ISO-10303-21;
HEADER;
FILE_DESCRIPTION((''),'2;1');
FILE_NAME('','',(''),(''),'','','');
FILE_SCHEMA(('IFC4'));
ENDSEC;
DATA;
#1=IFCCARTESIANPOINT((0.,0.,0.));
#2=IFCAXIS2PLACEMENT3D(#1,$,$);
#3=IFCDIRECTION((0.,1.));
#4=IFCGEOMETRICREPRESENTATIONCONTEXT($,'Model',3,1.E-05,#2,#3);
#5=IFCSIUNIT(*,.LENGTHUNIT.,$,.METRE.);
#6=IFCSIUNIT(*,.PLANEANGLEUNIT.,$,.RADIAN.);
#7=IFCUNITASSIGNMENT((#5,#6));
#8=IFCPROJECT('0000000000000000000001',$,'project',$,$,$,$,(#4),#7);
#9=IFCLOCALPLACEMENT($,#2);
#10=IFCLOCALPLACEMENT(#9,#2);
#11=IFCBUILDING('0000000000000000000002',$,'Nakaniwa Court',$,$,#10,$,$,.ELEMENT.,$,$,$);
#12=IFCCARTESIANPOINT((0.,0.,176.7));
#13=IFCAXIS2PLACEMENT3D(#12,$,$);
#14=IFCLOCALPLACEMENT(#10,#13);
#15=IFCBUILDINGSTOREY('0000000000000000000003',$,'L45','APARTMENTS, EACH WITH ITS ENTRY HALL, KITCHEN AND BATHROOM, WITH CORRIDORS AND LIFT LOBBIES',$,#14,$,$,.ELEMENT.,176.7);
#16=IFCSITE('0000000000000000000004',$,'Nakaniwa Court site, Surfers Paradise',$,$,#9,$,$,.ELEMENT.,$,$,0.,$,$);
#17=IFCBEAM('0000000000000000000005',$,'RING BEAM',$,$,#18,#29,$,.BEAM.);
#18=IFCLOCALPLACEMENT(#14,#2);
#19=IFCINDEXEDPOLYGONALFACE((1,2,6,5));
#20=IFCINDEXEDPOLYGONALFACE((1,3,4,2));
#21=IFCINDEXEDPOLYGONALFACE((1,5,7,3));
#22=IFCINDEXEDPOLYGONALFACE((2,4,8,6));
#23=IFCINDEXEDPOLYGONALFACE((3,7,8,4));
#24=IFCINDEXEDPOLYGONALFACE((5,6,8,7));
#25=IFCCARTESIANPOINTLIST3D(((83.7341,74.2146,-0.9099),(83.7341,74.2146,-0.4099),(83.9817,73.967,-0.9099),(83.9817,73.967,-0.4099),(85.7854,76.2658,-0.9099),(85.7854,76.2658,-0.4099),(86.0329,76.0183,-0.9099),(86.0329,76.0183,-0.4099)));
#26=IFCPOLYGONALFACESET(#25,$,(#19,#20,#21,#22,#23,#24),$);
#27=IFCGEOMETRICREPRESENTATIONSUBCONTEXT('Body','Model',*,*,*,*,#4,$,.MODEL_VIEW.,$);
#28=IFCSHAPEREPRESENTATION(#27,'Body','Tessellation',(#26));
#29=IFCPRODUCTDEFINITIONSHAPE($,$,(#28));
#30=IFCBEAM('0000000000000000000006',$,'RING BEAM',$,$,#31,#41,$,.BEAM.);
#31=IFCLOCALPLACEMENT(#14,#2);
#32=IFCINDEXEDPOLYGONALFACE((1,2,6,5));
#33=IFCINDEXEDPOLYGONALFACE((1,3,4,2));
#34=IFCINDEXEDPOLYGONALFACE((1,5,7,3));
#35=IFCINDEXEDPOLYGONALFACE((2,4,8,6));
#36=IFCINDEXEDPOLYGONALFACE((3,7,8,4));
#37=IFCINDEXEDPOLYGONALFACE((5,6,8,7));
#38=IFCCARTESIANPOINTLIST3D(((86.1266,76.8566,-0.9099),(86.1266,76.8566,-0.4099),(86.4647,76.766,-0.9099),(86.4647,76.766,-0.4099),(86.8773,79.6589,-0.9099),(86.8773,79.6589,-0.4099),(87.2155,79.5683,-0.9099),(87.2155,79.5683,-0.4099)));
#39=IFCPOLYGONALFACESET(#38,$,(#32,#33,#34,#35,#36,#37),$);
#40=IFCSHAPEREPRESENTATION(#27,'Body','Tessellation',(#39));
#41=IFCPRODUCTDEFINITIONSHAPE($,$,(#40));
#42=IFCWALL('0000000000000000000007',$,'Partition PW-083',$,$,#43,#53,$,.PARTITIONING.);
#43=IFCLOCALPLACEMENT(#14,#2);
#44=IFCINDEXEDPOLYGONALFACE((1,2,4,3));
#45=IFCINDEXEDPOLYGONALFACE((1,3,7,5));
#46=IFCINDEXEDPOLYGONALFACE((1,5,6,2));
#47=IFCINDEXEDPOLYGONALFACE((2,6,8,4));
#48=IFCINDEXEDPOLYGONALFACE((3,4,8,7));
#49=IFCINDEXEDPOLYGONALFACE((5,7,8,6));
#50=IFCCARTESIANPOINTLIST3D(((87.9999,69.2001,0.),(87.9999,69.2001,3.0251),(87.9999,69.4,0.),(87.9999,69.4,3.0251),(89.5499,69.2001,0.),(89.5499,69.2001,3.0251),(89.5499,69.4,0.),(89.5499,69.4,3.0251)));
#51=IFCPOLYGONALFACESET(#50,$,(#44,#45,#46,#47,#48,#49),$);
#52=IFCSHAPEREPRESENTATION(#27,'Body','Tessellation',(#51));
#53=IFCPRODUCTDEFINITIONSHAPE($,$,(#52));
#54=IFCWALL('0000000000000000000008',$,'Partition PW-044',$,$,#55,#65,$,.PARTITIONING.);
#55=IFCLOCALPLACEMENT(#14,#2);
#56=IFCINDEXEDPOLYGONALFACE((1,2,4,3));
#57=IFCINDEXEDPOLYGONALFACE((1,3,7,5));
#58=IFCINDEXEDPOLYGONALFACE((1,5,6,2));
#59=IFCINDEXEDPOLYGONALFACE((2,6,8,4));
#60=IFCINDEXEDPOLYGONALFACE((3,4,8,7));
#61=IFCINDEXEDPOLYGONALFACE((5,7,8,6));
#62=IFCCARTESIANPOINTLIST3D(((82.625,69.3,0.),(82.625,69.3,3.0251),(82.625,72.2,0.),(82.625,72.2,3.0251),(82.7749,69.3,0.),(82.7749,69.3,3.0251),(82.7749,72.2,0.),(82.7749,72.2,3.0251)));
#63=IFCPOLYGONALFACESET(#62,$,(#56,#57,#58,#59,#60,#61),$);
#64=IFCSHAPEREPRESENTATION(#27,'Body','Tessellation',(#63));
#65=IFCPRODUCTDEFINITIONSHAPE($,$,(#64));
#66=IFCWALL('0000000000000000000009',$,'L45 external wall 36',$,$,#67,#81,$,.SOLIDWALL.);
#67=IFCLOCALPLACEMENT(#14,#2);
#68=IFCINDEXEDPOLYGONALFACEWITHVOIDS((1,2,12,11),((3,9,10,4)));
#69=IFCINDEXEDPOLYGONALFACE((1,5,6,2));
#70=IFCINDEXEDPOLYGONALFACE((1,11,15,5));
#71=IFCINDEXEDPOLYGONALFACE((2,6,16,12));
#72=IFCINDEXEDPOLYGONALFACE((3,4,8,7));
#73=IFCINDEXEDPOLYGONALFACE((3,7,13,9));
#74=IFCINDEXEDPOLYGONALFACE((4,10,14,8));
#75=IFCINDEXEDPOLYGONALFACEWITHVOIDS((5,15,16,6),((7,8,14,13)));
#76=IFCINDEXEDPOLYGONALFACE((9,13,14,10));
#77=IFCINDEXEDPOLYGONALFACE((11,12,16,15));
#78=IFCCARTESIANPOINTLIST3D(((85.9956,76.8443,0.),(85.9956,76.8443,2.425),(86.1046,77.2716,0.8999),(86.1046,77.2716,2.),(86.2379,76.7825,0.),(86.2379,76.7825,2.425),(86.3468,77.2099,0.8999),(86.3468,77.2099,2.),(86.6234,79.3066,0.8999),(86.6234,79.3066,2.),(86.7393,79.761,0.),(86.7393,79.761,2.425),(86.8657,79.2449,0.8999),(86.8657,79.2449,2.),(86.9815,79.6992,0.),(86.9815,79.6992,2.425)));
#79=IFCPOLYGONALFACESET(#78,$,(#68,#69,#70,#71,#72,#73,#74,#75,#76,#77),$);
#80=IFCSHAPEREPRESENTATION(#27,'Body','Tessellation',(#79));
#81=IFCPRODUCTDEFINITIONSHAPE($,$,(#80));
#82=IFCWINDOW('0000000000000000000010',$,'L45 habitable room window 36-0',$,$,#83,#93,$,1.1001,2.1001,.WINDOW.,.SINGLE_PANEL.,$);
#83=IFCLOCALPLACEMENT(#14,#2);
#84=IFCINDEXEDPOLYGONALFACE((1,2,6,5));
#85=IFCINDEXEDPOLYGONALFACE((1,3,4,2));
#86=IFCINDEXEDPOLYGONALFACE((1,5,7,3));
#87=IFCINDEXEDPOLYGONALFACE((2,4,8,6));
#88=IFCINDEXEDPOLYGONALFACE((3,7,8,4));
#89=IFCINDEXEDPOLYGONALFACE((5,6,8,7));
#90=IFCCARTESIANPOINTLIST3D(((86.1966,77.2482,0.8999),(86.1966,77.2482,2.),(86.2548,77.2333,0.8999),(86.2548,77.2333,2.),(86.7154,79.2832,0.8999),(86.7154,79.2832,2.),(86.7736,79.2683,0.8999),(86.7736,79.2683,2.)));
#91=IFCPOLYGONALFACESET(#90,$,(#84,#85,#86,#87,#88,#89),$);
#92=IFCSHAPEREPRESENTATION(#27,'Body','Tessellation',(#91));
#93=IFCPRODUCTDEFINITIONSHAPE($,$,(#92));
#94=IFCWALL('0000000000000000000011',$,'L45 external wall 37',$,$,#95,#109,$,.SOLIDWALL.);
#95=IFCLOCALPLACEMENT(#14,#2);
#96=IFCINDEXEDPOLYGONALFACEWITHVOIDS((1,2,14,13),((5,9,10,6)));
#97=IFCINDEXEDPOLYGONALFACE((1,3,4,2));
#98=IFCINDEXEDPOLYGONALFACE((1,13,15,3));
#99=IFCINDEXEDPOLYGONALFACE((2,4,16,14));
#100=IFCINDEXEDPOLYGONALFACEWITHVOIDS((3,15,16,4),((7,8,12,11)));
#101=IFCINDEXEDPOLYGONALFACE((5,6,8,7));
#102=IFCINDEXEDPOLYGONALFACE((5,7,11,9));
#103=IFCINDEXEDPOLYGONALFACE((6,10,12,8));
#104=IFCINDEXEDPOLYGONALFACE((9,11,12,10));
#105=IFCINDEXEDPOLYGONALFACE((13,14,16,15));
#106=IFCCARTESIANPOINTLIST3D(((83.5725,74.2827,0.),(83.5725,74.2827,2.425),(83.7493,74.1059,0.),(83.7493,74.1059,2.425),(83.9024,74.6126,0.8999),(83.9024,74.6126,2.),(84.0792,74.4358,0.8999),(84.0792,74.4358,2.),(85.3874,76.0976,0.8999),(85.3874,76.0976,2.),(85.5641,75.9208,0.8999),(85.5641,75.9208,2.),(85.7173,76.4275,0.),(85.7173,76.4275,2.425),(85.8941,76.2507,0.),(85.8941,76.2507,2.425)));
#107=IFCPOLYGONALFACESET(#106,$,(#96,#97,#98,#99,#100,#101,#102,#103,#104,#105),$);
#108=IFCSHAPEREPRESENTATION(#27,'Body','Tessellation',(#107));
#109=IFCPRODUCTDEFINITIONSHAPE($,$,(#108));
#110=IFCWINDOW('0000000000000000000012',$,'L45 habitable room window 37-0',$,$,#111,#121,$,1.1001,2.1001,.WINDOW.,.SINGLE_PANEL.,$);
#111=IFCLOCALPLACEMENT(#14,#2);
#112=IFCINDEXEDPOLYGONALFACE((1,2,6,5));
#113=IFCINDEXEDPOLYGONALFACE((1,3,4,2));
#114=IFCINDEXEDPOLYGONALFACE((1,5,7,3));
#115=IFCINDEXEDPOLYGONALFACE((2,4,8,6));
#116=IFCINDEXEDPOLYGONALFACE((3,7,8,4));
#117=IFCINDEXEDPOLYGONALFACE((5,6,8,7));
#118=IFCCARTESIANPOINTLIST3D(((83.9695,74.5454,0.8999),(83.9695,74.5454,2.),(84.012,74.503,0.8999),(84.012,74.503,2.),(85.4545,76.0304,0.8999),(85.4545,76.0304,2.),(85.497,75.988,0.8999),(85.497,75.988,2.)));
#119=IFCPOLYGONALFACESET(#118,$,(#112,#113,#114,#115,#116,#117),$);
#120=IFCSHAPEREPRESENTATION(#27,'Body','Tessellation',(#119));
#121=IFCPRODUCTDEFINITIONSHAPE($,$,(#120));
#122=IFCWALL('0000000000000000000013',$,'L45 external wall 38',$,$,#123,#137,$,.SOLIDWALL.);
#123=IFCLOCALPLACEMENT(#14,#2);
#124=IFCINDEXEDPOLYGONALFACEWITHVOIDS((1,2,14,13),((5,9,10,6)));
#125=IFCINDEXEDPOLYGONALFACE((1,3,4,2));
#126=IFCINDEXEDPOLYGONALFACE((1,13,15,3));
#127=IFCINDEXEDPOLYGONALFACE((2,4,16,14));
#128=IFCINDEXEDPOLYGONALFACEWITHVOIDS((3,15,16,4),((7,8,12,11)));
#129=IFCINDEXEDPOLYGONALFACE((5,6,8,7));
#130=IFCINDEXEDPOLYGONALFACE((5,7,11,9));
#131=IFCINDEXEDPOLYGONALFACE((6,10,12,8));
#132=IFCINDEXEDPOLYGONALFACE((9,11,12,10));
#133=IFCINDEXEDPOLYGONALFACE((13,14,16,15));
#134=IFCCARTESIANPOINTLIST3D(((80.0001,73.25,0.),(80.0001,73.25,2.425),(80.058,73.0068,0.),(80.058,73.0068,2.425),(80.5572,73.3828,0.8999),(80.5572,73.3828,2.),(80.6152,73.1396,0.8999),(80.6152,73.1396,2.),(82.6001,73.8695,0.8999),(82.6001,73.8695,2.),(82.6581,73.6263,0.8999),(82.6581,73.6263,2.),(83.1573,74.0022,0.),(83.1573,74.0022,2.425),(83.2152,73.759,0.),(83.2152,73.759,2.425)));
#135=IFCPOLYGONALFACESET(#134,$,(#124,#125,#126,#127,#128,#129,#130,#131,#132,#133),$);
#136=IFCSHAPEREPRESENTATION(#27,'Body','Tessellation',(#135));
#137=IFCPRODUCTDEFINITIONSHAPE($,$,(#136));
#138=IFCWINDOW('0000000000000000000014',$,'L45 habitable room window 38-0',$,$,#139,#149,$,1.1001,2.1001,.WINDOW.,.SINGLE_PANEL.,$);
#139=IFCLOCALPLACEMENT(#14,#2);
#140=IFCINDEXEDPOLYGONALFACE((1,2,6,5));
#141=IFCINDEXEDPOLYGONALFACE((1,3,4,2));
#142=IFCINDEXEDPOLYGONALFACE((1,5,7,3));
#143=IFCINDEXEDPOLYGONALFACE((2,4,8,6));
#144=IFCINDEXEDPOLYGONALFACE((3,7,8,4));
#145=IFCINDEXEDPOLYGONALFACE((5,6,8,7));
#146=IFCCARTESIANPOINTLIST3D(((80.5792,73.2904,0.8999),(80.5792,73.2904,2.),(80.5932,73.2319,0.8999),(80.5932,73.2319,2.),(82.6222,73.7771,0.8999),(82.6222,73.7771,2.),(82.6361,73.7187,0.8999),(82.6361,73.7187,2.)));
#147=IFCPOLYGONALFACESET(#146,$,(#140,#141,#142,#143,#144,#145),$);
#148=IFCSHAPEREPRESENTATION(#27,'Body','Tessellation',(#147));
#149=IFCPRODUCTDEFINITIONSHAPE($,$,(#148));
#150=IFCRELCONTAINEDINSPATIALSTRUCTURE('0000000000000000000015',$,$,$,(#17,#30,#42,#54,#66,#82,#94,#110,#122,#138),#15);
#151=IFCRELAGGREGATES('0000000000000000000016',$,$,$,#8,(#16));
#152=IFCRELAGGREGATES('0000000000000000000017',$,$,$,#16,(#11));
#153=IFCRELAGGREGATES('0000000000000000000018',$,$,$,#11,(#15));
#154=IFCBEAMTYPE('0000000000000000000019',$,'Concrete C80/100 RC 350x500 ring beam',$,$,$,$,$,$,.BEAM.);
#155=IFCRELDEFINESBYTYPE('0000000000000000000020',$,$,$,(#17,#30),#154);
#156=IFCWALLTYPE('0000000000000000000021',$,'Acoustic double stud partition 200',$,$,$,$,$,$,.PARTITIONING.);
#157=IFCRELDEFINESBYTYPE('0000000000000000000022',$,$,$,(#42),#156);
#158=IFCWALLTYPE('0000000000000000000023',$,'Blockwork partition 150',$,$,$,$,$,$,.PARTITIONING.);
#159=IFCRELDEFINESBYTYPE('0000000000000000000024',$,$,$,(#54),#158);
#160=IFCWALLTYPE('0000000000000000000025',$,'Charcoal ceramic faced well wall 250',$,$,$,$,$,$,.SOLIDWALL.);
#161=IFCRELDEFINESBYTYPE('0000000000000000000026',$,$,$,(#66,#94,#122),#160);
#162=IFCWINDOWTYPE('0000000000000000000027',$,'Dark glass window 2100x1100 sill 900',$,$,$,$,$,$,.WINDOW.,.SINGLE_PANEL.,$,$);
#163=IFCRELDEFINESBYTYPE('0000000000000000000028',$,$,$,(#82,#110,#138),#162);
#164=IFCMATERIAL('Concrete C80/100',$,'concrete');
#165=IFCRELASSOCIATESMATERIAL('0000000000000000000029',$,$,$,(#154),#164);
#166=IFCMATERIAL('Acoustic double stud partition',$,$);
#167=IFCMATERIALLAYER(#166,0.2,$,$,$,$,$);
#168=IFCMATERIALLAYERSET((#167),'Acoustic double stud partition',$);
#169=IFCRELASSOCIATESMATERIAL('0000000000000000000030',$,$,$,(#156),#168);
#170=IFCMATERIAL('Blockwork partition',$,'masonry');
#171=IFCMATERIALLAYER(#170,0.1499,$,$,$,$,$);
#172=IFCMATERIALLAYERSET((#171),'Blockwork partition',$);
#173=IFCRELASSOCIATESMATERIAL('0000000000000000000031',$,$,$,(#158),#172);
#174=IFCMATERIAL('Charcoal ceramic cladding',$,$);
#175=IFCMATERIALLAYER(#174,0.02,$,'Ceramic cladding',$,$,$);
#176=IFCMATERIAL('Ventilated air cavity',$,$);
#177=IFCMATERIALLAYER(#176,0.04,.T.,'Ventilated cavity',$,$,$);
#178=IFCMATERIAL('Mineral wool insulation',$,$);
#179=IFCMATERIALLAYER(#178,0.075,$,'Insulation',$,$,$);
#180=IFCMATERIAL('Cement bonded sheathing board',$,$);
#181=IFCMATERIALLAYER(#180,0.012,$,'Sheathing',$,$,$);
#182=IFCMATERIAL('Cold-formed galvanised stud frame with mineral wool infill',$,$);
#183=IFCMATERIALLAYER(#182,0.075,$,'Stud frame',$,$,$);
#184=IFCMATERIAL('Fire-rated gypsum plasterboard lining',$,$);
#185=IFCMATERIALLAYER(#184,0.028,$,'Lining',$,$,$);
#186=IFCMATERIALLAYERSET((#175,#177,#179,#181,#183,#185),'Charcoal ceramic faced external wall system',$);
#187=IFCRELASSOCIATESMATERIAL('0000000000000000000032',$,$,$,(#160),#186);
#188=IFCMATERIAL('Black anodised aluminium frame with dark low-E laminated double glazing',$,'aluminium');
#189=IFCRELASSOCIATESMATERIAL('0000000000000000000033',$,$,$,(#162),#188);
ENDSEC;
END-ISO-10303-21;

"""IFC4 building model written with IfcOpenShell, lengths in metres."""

from ifc_helpers import new_model, si_unit, direction, frame, frame_2d, origin, origin_2d, place, context, subcontext, project, spatial, rectangle, extrude, material, layer, layer_set, material_profile, profile_set, type_object, element, fill, save


model = new_model("IFC4")

# Units and contexts
model_context = context("Model", 3, precision=1e-05, world=origin(), true_north=direction((0.0, 1.0)))
body_context = subcontext(model_context, "Body", "Model", "MODEL_VIEW")
ifc_project = project(units=[si_unit("LENGTHUNIT", "METRE"), si_unit("PLANEANGLEUNIT", "RADIAN")], contexts=[model_context])

# Site, building, storey
site_placement = place(None, origin())
site = spatial("IfcSite", under=ifc_project, at=site_placement, Name="Nakaniwa Court site, Surfers Paradise", CompositionType="ELEMENT", RefElevation=0.0)
building_placement = place(site_placement, origin())
building = spatial("IfcBuilding", under=site, at=building_placement, Name="Nakaniwa Court", CompositionType="ELEMENT")
storey_placement = place(building_placement, frame((0.0, 0.0, 176.7)))
storey = spatial("IfcBuildingStorey", under=building, at=storey_placement, Name="L45", Description="APARTMENTS, EACH WITH ITS ENTRY HALL, KITCHEN AND BATHROOM, WITH CORRIDORS AND LIFT LOBBIES", CompositionType="ELEMENT", Elevation=176.7)

# Shared definitions
ifc_material_1 = material(Name="Concrete C80/100", Category="concrete")

# Beams
ifc_material_profile_1 = material_profile(ifc_material_1, rectangle(XDim=0.3501, YDim=0.5, at=origin_2d()), Name="Concrete C80/100 RC 350x500 ring beam")
ifc_profile_set_1 = profile_set([ifc_material_profile_1], Name="Concrete C80/100")
beam_type = type_object("IfcBeamType", Name="Concrete C80/100 RC 350x500 ring beam", PredefinedType="BEAM", material=ifc_profile_set_1)
beam_1_placement = place(storey_placement, frame((83.8579, 74.0908, -0.6599), z_axis=(0.707107, 0.707107, 0.0), x_axis=(-0.707107, 0.707107, 0.0)))
element("IfcBeam", 1, at=beam_1_placement, inside=storey, type_object=beam_type, Name="RING BEAM", PredefinedType="BEAM", context=body_context, shape_type="SweptSolid", body=[
    extrude(rectangle(XDim=0.3501, YDim=0.5, at=origin_2d()), origin(), (0.0, 0.0, 1.0), 2.9009),
])
beam_2_placement = place(storey_placement, frame((86.2957, 76.8113, -0.6599), z_axis=(0.258778, 0.965937, 0.0), x_axis=(-0.965937, 0.258778, 0.0)))
element("IfcBeam", 2, at=beam_2_placement, inside=storey, type_object=beam_type, Name="RING BEAM", PredefinedType="BEAM", context=body_context, shape_type="SweptSolid", body=[
    extrude(rectangle(XDim=0.3501, YDim=0.5, at=origin_2d()), origin(), (0.0, 0.0, 1.0), 2.9011),
])

# Walls
ifc_material_2 = material(Name="Acoustic double stud partition")
ifc_layer_1 = layer(ifc_material_2, 0.2)
ifc_layer_set_1 = layer_set([ifc_layer_1], Name="Acoustic double stud partition")
wall_type_1 = type_object("IfcWallType", Name="Acoustic double stud partition 200", PredefinedType="PARTITIONING", material=ifc_layer_set_1)
wall_1_placement = place(storey_placement, frame((88.0, 69.3, 0.0), z_axis=(0.0, 0.0, 1.0), x_axis=(1.0, 0.0, 0.0)))
element("IfcWall", 3, at=wall_1_placement, inside=storey, type_object=wall_type_1, Name="Partition PW-083", PredefinedType="PARTITIONING", context=body_context, shape_type="SweptSolid", body=[
    extrude(rectangle(XDim=1.55, YDim=0.2, at=frame_2d((0.7749, 0.0))), origin(), (0.0, 0.0, 1.0), 3.0251),
])
ifc_material_3 = material(Name="Blockwork partition", Category="masonry")
ifc_layer_2 = layer(ifc_material_3, 0.1499)
ifc_layer_set_2 = layer_set([ifc_layer_2], Name="Blockwork partition")
wall_type_2 = type_object("IfcWallType", Name="Blockwork partition 150", PredefinedType="PARTITIONING", material=ifc_layer_set_2)
wall_2_placement = place(storey_placement, frame((82.7, 69.3, 0.0), z_axis=(0.0, 0.0, 1.0), x_axis=(0.0, 1.0, 0.0)))
element("IfcWall", 4, at=wall_2_placement, inside=storey, type_object=wall_type_2, Name="Partition PW-044", PredefinedType="PARTITIONING", context=body_context, shape_type="SweptSolid", body=[
    extrude(rectangle(XDim=2.8999, YDim=0.1499, at=frame_2d((1.45, 0.0))), origin(), (0.0, 0.0, 1.0), 3.0251),
])

# Walls, openings, windows
ifc_material_4 = material(Name="Charcoal ceramic cladding")
ifc_layer_3 = layer(ifc_material_4, 0.02, Name="Ceramic cladding")
ifc_material_5 = material(Name="Ventilated air cavity")
ifc_layer_4 = layer(ifc_material_5, 0.04, ventilated=True, Name="Ventilated cavity")
ifc_material_6 = material(Name="Mineral wool insulation")
ifc_layer_5 = layer(ifc_material_6, 0.075, Name="Insulation")
ifc_material_7 = material(Name="Cement bonded sheathing board")
ifc_layer_6 = layer(ifc_material_7, 0.012, Name="Sheathing")
ifc_material_8 = material(Name="Cold-formed galvanised stud frame with mineral wool infill")
ifc_layer_7 = layer(ifc_material_8, 0.075, Name="Stud frame")
ifc_material_9 = material(Name="Fire-rated gypsum plasterboard lining")
ifc_layer_8 = layer(ifc_material_9, 0.028, Name="Lining")
ifc_layer_set_3 = layer_set([ifc_layer_3, ifc_layer_4, ifc_layer_5, ifc_layer_6, ifc_layer_7, ifc_layer_8], Name="Charcoal ceramic faced external wall system")
wall_type_3 = type_object("IfcWallType", Name="Charcoal ceramic faced well wall 250", PredefinedType="SOLIDWALL", material=ifc_layer_set_3)
wall_3_placement = place(storey_placement, frame((86.8604, 79.73, 0.0), z_axis=(0.0, 0.0, 1.0), x_axis=(-0.247056, -0.969001, 0.0)))
wall_3 = element("IfcWall", 5, at=wall_3_placement, inside=storey, type_object=wall_type_3, Name="L45 external wall 36", PredefinedType="SOLIDWALL", context=body_context, shape_type="SweptSolid", body=[
    extrude(rectangle(XDim=3.01, YDim=0.25, at=frame_2d((1.5049, 0.0))), origin(), (0.0, 0.0, 1.0), 2.425),
])
opening_1_placement = place(wall_3_placement, frame((0.4688, 0.0, 0.8999)))
opening_1 = element("IfcOpeningElement", 6, at=opening_1_placement, cuts=wall_3, PredefinedType="OPENING", context=body_context, shape_type="SweptSolid", body=[
    extrude(rectangle(XDim=2.1001, YDim=1.1001, at=frame_2d((1.05, 0.55))), frame((0.0, 0.135, 0.0), z_axis=(0.0, -1.0, 0.0), x_axis=(1.0, 0.0, 0.0)), (0.0, 0.0, 1.0), 0.27),
])
ifc_material_10 = material(Name="Black anodised aluminium frame with dark low-E laminated double glazing", Category="aluminium")
window_type = type_object("IfcWindowType", Name="Dark glass window 2100x1100 sill 900", PartitioningType="SINGLE_PANEL", PredefinedType="WINDOW", material=ifc_material_10)
window_1_placement = place(opening_1_placement, origin())
window_1 = element("IfcWindow", 7, at=window_1_placement, inside=storey, type_object=window_type, Name="L45 habitable room window 36-0", OverallHeight=1.1001, OverallWidth=2.1001, PartitioningType="SINGLE_PANEL", PredefinedType="WINDOW", context=body_context, shape_type="SweptSolid", body=[
    extrude(rectangle(XDim=2.1001, YDim=1.1001, at=frame_2d((1.05, 0.55))), frame((0.0, 0.03, 0.0), z_axis=(0.0, -1.0, 0.0), x_axis=(1.0, 0.0, 0.0)), (0.0, 0.0, 1.0), 0.0601),
])
fill(opening_1, window_1)
wall_4_placement = place(storey_placement, frame((85.8057, 76.3391, 0.0), z_axis=(0.0, 0.0, 1.0), x_axis=(-0.707107, -0.707107, 0.0)))
wall_4 = element("IfcWall", 8, at=wall_4_placement, inside=storey, type_object=wall_type_3, Name="L45 external wall 37", PredefinedType="SOLIDWALL", context=body_context, shape_type="SweptSolid", body=[
    extrude(rectangle(XDim=3.0332, YDim=0.25, at=frame_2d((1.5166, 0.0))), origin(), (0.0, 0.0, 1.0), 2.425),
])
opening_2_placement = place(wall_4_placement, frame((0.4666, 0.0, 0.8999)))
opening_2 = element("IfcOpeningElement", 9, at=opening_2_placement, cuts=wall_4, PredefinedType="OPENING", context=body_context, shape_type="SweptSolid", body=[
    extrude(rectangle(XDim=2.1001, YDim=1.1001, at=frame_2d((1.05, 0.55))), frame((0.0, 0.135, 0.0), z_axis=(0.0, -1.0, 0.0), x_axis=(1.0, 0.0, 0.0)), (0.0, 0.0, 1.0), 0.27),
])
window_2_placement = place(opening_2_placement, origin())
window_2 = element("IfcWindow", 10, at=window_2_placement, inside=storey, type_object=window_type, Name="L45 habitable room window 37-0", OverallHeight=1.1001, OverallWidth=2.1001, PartitioningType="SINGLE_PANEL", PredefinedType="WINDOW", context=body_context, shape_type="SweptSolid", body=[
    extrude(rectangle(XDim=2.1001, YDim=1.1001, at=frame_2d((1.05, 0.55))), frame((0.0, 0.03, 0.0), z_axis=(0.0, -1.0, 0.0), x_axis=(1.0, 0.0, 0.0)), (0.0, 0.0, 1.0), 0.0601),
])
fill(opening_2, window_2)
wall_5_placement = place(storey_placement, frame((83.1863, 73.8806, 0.0), z_axis=(0.0, 0.0, 1.0), x_axis=(-0.972773, -0.23176, 0.0)))
wall_5 = element("IfcWall", 11, at=wall_5_placement, inside=storey, type_object=wall_type_3, Name="L45 external wall 38", PredefinedType="SOLIDWALL", context=body_context, shape_type="SweptSolid", body=[
    extrude(rectangle(XDim=3.2456, YDim=0.25, at=frame_2d((1.6228, 0.0))), origin(), (0.0, 0.0, 1.0), 2.425),
])
opening_3_placement = place(wall_5_placement, frame((0.5728, 0.0, 0.8999)))
opening_3 = element("IfcOpeningElement", 12, at=opening_3_placement, cuts=wall_5, PredefinedType="OPENING", context=body_context, shape_type="SweptSolid", body=[
    extrude(rectangle(XDim=2.1001, YDim=1.1001, at=frame_2d((1.05, 0.55))), frame((0.0, 0.135, 0.0), z_axis=(0.0, -1.0, 0.0), x_axis=(1.0, 0.0, 0.0)), (0.0, 0.0, 1.0), 0.27),
])
window_3_placement = place(opening_3_placement, origin())
window_3 = element("IfcWindow", 13, at=window_3_placement, inside=storey, type_object=window_type, Name="L45 habitable room window 38-0", OverallHeight=1.1001, OverallWidth=2.1001, PartitioningType="SINGLE_PANEL", PredefinedType="WINDOW", context=body_context, shape_type="SweptSolid", body=[
    extrude(rectangle(XDim=2.1001, YDim=1.1001, at=frame_2d((1.05, 0.55))), frame((0.0, 0.03, 0.0), z_axis=(0.0, -1.0, 0.0), x_axis=(1.0, 0.0, 0.0)), (0.0, 0.0, 1.0), 0.0601),
])
fill(opening_3, window_3)

save(model, "model.ifc")
